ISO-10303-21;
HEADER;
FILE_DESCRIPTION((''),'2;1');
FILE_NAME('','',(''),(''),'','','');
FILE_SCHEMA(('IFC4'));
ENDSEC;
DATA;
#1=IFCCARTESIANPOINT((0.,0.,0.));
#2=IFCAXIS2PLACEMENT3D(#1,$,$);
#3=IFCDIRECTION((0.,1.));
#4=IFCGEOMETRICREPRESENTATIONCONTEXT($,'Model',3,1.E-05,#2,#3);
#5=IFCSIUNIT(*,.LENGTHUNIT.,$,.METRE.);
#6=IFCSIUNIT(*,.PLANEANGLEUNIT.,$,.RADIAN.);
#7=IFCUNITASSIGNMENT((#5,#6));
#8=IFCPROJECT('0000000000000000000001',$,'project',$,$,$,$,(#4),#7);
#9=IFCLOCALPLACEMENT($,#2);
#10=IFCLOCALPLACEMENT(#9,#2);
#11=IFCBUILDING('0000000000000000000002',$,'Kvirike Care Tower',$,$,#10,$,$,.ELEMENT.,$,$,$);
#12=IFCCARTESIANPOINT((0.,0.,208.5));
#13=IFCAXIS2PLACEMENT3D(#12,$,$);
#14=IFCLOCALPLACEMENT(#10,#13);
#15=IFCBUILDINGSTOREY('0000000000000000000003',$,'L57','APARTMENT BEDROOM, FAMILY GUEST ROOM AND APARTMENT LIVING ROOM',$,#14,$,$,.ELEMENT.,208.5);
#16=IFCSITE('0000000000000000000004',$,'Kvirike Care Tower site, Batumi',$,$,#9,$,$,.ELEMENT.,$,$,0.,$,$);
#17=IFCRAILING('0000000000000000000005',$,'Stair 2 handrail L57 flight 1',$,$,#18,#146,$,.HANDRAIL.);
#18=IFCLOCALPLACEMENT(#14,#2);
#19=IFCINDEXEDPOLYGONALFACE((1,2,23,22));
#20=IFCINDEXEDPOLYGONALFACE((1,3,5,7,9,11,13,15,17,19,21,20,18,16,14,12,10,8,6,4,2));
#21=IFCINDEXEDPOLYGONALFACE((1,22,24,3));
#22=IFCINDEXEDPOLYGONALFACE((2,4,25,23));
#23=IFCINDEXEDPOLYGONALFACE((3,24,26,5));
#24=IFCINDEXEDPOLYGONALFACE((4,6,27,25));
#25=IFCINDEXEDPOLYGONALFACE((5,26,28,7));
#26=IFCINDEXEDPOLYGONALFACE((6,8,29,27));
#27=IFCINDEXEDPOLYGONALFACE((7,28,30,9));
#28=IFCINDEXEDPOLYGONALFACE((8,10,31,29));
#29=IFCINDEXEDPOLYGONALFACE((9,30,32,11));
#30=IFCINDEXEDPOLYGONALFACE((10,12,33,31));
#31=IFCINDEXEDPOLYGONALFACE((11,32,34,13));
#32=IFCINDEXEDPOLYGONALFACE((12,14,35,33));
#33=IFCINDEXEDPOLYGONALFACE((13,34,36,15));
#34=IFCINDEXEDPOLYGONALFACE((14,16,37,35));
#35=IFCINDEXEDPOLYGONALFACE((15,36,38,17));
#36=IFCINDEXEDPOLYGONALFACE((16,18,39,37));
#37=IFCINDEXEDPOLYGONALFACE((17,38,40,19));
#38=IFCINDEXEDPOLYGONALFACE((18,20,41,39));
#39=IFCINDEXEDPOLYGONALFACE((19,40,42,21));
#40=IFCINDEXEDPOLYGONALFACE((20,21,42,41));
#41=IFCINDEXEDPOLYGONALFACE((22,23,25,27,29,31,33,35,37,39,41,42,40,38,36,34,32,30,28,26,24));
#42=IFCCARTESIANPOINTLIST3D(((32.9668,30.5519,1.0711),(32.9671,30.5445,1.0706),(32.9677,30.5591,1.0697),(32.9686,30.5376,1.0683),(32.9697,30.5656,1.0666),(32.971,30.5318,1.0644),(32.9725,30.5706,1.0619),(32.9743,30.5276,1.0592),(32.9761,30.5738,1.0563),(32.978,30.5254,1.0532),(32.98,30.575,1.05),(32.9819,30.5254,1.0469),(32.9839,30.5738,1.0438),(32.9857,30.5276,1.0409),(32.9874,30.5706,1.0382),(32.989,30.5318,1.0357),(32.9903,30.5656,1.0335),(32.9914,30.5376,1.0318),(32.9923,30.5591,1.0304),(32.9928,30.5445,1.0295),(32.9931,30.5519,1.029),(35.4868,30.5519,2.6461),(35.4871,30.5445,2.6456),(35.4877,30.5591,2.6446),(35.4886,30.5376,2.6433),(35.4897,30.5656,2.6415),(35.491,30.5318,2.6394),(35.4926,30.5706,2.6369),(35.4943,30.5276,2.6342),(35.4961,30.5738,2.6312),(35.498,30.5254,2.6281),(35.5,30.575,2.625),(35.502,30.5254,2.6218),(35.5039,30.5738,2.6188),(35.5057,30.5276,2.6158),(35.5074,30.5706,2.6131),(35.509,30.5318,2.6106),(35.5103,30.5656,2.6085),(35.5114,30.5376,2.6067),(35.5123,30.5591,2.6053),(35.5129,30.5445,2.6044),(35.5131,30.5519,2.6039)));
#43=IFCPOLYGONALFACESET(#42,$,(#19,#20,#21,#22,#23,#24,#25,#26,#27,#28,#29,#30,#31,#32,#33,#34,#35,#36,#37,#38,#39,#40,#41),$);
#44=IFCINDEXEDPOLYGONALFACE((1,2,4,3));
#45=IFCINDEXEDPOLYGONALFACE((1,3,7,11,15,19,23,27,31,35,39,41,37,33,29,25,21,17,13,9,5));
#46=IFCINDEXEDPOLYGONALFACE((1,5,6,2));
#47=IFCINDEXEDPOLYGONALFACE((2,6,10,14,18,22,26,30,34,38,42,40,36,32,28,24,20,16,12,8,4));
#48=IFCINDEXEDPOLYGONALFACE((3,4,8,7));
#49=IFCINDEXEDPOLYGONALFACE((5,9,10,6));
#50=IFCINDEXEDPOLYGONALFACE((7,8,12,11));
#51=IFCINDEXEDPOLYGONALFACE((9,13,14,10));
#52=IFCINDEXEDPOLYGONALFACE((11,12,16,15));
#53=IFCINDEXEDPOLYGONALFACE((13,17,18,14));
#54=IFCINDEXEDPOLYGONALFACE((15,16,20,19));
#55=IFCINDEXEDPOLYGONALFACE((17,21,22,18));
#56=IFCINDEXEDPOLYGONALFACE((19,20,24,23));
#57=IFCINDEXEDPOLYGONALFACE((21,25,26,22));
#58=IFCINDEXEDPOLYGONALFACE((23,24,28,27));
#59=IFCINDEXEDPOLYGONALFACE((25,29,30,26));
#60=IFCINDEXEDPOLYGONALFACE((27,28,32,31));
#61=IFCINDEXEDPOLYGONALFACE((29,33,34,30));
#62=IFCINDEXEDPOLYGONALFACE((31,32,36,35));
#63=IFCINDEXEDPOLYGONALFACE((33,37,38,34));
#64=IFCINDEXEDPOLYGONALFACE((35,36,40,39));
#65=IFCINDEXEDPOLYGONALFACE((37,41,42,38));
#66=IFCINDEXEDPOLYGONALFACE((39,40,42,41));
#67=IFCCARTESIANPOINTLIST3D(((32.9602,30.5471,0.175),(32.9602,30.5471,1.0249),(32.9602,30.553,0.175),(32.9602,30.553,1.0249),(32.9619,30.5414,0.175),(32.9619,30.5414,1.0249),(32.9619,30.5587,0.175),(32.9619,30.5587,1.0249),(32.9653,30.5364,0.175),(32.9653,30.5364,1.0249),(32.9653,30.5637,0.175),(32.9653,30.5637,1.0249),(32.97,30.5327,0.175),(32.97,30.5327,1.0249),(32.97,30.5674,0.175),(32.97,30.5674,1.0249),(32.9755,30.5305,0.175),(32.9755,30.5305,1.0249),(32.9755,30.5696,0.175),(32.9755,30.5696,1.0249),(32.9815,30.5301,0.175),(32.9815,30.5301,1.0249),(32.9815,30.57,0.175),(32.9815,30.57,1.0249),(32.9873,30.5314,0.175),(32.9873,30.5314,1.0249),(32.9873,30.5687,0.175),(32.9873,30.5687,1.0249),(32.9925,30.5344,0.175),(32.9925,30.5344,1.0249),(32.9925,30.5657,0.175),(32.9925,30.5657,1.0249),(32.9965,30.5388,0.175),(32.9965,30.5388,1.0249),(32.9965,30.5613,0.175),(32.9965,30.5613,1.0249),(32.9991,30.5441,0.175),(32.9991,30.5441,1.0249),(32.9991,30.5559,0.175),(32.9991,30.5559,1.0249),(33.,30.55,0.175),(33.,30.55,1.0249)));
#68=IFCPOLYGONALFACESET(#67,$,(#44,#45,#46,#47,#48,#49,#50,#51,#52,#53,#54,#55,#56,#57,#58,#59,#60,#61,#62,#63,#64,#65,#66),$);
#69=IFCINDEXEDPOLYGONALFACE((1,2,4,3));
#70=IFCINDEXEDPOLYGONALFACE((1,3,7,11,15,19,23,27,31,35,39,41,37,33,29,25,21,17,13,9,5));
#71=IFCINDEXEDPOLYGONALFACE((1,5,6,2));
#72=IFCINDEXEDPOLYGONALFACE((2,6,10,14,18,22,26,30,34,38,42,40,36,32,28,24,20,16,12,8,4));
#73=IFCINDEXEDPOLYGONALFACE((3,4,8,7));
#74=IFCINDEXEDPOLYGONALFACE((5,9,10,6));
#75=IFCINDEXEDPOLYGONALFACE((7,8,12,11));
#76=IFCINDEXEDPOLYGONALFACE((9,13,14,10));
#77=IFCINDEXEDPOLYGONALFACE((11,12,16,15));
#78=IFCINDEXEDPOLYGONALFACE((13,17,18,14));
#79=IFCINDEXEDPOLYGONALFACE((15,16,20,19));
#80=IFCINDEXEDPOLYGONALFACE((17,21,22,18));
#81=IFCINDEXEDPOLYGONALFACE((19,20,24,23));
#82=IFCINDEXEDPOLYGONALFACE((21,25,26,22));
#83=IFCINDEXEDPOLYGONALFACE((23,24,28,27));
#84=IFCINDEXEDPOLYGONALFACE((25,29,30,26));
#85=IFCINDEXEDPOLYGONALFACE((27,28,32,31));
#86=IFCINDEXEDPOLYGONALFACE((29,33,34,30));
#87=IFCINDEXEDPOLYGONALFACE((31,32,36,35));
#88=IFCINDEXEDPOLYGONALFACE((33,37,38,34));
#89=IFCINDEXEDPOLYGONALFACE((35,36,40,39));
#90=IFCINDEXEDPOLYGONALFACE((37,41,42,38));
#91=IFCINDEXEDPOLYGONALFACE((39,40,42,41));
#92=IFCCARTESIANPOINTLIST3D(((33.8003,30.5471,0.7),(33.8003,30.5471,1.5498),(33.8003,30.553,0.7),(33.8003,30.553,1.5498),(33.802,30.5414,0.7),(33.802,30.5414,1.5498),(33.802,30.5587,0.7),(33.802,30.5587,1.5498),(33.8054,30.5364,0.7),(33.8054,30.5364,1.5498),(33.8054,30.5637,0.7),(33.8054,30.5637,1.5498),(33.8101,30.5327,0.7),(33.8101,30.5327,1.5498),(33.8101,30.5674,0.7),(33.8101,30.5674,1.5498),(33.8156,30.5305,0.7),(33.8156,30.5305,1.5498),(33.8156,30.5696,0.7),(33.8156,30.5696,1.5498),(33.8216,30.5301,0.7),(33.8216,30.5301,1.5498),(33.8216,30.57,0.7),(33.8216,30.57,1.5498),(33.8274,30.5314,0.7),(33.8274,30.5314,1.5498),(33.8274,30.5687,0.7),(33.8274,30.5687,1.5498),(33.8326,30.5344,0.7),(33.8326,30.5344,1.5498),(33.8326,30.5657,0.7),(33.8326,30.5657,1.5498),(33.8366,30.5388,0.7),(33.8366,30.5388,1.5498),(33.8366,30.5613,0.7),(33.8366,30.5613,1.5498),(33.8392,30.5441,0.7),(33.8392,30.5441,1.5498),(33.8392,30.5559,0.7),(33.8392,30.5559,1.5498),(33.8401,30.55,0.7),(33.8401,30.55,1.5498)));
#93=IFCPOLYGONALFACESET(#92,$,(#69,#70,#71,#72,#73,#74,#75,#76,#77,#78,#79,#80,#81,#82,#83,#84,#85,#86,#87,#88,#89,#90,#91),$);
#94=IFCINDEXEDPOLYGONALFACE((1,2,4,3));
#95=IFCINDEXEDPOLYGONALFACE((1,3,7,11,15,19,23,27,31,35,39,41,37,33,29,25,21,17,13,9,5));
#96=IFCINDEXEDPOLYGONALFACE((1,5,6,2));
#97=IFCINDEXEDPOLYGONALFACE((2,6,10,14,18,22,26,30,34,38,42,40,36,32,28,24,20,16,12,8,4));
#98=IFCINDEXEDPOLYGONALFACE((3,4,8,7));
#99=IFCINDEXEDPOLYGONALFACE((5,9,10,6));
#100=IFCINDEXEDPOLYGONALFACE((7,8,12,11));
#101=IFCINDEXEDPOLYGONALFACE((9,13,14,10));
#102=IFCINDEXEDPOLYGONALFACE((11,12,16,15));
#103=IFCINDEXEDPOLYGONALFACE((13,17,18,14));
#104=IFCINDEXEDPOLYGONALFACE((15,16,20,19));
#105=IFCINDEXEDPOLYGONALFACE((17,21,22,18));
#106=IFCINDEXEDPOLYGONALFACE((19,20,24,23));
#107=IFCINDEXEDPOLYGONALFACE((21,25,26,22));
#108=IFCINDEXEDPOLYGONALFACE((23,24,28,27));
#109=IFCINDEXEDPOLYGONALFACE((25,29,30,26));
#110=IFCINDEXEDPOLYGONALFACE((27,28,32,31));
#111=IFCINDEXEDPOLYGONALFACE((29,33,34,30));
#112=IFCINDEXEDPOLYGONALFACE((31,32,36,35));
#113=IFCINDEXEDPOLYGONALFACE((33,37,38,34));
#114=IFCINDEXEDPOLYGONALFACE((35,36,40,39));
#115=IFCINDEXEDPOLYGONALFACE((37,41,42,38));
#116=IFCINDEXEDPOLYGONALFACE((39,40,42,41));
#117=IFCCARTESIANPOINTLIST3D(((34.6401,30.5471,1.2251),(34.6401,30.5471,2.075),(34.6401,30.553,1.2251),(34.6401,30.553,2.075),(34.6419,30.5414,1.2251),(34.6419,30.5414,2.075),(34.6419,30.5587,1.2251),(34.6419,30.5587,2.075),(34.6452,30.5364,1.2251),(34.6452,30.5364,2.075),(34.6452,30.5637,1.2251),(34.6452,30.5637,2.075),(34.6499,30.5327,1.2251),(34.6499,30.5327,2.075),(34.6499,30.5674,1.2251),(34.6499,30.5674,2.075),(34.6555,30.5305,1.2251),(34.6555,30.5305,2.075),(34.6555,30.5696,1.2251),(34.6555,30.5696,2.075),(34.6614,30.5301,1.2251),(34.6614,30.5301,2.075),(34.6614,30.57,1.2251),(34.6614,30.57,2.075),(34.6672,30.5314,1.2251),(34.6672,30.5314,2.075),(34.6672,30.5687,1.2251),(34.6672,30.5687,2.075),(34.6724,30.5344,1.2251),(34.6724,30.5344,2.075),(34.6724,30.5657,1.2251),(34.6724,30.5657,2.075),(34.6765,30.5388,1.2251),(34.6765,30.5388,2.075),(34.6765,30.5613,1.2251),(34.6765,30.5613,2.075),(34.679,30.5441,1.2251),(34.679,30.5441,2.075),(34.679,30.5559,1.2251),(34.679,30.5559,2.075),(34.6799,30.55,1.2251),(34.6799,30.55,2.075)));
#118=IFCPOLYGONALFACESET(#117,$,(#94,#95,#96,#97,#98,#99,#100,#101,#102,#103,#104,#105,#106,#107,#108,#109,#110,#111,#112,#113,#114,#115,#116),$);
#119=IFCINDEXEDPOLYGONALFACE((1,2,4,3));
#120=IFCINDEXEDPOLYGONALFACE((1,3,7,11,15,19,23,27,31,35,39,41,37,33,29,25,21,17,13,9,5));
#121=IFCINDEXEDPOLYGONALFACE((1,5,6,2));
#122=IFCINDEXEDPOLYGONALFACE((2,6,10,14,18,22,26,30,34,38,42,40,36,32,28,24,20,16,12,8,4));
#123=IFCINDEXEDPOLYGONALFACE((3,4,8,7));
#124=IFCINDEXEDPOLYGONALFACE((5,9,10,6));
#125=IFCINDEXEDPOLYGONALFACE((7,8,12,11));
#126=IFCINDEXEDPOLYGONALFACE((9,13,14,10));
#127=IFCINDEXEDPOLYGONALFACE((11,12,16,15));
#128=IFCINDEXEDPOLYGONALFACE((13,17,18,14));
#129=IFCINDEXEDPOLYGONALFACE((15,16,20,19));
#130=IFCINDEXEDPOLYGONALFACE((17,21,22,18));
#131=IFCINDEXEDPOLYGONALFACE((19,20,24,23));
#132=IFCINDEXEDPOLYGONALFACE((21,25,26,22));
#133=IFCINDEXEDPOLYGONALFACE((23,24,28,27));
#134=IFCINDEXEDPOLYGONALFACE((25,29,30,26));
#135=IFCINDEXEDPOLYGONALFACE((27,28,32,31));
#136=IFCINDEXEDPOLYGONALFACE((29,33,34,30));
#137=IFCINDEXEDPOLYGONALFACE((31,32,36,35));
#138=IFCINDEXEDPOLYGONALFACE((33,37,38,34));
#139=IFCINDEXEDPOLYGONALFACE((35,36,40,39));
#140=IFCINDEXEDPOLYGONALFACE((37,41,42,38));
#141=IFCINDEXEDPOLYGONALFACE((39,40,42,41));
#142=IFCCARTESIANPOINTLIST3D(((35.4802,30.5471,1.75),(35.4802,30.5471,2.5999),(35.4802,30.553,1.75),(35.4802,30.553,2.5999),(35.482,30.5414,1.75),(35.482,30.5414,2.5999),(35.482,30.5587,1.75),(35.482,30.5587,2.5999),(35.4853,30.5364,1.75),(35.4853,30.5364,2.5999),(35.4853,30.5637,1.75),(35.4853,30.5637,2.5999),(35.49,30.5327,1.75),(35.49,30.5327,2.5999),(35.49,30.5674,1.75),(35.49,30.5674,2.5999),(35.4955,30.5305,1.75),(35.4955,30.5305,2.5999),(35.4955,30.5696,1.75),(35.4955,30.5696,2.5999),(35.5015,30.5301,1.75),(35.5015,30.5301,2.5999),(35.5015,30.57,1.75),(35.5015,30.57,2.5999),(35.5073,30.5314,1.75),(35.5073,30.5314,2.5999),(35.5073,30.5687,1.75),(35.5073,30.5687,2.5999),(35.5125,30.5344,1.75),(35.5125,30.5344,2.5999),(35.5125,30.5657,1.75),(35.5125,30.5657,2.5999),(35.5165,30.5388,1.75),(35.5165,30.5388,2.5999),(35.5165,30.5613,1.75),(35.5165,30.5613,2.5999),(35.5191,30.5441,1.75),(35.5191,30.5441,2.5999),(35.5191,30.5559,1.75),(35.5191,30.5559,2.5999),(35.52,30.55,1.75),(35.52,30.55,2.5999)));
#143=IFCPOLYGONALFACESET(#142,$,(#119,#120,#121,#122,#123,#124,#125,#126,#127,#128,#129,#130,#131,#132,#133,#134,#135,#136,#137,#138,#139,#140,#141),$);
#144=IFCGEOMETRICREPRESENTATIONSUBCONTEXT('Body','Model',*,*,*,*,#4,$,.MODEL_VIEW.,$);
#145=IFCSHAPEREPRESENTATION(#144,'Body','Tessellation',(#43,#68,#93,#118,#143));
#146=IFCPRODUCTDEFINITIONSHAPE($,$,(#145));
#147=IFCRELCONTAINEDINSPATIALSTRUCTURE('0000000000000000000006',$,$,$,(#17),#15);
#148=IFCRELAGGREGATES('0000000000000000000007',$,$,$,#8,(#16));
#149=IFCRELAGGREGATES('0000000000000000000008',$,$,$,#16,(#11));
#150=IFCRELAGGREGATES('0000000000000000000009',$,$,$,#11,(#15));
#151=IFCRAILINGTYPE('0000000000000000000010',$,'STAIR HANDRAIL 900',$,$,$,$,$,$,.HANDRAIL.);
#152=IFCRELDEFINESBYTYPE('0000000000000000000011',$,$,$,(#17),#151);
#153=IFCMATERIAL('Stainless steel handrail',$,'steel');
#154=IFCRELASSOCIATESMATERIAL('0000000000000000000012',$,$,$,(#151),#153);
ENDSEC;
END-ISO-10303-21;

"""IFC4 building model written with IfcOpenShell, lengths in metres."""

from ifc_helpers import new_model, si_unit, direction, frame, origin, origin_2d, place, context, subcontext, project, spatial, circle, extrude, material, type_object, element, save


model = new_model("IFC4")

# Units and contexts
model_context = context("Model", 3, precision=1e-05, world=origin(), true_north=direction((0.0, 1.0)))
body_context = subcontext(model_context, "Body", "Model", "MODEL_VIEW")
ifc_project = project(units=[si_unit("LENGTHUNIT", "METRE"), si_unit("PLANEANGLEUNIT", "RADIAN")], contexts=[model_context])

# Site, building, storey
site_placement = place(None, origin())
site = spatial("IfcSite", under=ifc_project, at=site_placement, Name="Kvirike Care Tower site, Batumi", CompositionType="ELEMENT", RefElevation=0.0)
building_placement = place(site_placement, origin())
building = spatial("IfcBuilding", under=site, at=building_placement, Name="Kvirike Care Tower", CompositionType="ELEMENT")
storey_placement = place(building_placement, frame((0.0, 0.0, 208.5)))
storey = spatial("IfcBuildingStorey", under=building, at=storey_placement, Name="L57", Description="APARTMENT BEDROOM, FAMILY GUEST ROOM AND APARTMENT LIVING ROOM", CompositionType="ELEMENT", Elevation=208.5)

# Railing
ifc_material_1 = material(Name="Stainless steel handrail", Category="steel")
railing_type = type_object("IfcRailingType", Name="STAIR HANDRAIL 900", PredefinedType="HANDRAIL", material=ifc_material_1)
railing_1_placement = place(storey_placement, frame((32.98, 30.55, 0.175)))
element("IfcRailing", 1, at=railing_1_placement, inside=storey, type_object=railing_type, Name="Stair 2 handrail L57 flight 1", PredefinedType="HANDRAIL", context=body_context, shape_type="SweptSolid", body=[
    extrude(circle(Radius=0.0249, at=origin_2d()), frame((0.0, 0.0, 0.875), z_axis=(0.848008, 0.0, 0.529984), x_axis=(0.0, 1.0, 0.0)), (0.0, 0.0, 1.0), 2.9717),
    extrude(circle(Radius=0.02, at=origin_2d()), origin(), (0.0, 0.0, 1.0), 0.8499),
    extrude(circle(Radius=0.02, at=origin_2d()), frame((0.8401, 0.0, 0.5249)), (0.0, 0.0, 1.0), 0.8499),
    extrude(circle(Radius=0.02, at=origin_2d()), frame((1.6799, 0.0, 1.05)), (0.0, 0.0, 1.0), 0.8499),
    extrude(circle(Radius=0.02, at=origin_2d()), frame((2.52, 0.0, 1.575)), (0.0, 0.0, 1.0), 0.8499),
])

save(model, "model.ifc")
